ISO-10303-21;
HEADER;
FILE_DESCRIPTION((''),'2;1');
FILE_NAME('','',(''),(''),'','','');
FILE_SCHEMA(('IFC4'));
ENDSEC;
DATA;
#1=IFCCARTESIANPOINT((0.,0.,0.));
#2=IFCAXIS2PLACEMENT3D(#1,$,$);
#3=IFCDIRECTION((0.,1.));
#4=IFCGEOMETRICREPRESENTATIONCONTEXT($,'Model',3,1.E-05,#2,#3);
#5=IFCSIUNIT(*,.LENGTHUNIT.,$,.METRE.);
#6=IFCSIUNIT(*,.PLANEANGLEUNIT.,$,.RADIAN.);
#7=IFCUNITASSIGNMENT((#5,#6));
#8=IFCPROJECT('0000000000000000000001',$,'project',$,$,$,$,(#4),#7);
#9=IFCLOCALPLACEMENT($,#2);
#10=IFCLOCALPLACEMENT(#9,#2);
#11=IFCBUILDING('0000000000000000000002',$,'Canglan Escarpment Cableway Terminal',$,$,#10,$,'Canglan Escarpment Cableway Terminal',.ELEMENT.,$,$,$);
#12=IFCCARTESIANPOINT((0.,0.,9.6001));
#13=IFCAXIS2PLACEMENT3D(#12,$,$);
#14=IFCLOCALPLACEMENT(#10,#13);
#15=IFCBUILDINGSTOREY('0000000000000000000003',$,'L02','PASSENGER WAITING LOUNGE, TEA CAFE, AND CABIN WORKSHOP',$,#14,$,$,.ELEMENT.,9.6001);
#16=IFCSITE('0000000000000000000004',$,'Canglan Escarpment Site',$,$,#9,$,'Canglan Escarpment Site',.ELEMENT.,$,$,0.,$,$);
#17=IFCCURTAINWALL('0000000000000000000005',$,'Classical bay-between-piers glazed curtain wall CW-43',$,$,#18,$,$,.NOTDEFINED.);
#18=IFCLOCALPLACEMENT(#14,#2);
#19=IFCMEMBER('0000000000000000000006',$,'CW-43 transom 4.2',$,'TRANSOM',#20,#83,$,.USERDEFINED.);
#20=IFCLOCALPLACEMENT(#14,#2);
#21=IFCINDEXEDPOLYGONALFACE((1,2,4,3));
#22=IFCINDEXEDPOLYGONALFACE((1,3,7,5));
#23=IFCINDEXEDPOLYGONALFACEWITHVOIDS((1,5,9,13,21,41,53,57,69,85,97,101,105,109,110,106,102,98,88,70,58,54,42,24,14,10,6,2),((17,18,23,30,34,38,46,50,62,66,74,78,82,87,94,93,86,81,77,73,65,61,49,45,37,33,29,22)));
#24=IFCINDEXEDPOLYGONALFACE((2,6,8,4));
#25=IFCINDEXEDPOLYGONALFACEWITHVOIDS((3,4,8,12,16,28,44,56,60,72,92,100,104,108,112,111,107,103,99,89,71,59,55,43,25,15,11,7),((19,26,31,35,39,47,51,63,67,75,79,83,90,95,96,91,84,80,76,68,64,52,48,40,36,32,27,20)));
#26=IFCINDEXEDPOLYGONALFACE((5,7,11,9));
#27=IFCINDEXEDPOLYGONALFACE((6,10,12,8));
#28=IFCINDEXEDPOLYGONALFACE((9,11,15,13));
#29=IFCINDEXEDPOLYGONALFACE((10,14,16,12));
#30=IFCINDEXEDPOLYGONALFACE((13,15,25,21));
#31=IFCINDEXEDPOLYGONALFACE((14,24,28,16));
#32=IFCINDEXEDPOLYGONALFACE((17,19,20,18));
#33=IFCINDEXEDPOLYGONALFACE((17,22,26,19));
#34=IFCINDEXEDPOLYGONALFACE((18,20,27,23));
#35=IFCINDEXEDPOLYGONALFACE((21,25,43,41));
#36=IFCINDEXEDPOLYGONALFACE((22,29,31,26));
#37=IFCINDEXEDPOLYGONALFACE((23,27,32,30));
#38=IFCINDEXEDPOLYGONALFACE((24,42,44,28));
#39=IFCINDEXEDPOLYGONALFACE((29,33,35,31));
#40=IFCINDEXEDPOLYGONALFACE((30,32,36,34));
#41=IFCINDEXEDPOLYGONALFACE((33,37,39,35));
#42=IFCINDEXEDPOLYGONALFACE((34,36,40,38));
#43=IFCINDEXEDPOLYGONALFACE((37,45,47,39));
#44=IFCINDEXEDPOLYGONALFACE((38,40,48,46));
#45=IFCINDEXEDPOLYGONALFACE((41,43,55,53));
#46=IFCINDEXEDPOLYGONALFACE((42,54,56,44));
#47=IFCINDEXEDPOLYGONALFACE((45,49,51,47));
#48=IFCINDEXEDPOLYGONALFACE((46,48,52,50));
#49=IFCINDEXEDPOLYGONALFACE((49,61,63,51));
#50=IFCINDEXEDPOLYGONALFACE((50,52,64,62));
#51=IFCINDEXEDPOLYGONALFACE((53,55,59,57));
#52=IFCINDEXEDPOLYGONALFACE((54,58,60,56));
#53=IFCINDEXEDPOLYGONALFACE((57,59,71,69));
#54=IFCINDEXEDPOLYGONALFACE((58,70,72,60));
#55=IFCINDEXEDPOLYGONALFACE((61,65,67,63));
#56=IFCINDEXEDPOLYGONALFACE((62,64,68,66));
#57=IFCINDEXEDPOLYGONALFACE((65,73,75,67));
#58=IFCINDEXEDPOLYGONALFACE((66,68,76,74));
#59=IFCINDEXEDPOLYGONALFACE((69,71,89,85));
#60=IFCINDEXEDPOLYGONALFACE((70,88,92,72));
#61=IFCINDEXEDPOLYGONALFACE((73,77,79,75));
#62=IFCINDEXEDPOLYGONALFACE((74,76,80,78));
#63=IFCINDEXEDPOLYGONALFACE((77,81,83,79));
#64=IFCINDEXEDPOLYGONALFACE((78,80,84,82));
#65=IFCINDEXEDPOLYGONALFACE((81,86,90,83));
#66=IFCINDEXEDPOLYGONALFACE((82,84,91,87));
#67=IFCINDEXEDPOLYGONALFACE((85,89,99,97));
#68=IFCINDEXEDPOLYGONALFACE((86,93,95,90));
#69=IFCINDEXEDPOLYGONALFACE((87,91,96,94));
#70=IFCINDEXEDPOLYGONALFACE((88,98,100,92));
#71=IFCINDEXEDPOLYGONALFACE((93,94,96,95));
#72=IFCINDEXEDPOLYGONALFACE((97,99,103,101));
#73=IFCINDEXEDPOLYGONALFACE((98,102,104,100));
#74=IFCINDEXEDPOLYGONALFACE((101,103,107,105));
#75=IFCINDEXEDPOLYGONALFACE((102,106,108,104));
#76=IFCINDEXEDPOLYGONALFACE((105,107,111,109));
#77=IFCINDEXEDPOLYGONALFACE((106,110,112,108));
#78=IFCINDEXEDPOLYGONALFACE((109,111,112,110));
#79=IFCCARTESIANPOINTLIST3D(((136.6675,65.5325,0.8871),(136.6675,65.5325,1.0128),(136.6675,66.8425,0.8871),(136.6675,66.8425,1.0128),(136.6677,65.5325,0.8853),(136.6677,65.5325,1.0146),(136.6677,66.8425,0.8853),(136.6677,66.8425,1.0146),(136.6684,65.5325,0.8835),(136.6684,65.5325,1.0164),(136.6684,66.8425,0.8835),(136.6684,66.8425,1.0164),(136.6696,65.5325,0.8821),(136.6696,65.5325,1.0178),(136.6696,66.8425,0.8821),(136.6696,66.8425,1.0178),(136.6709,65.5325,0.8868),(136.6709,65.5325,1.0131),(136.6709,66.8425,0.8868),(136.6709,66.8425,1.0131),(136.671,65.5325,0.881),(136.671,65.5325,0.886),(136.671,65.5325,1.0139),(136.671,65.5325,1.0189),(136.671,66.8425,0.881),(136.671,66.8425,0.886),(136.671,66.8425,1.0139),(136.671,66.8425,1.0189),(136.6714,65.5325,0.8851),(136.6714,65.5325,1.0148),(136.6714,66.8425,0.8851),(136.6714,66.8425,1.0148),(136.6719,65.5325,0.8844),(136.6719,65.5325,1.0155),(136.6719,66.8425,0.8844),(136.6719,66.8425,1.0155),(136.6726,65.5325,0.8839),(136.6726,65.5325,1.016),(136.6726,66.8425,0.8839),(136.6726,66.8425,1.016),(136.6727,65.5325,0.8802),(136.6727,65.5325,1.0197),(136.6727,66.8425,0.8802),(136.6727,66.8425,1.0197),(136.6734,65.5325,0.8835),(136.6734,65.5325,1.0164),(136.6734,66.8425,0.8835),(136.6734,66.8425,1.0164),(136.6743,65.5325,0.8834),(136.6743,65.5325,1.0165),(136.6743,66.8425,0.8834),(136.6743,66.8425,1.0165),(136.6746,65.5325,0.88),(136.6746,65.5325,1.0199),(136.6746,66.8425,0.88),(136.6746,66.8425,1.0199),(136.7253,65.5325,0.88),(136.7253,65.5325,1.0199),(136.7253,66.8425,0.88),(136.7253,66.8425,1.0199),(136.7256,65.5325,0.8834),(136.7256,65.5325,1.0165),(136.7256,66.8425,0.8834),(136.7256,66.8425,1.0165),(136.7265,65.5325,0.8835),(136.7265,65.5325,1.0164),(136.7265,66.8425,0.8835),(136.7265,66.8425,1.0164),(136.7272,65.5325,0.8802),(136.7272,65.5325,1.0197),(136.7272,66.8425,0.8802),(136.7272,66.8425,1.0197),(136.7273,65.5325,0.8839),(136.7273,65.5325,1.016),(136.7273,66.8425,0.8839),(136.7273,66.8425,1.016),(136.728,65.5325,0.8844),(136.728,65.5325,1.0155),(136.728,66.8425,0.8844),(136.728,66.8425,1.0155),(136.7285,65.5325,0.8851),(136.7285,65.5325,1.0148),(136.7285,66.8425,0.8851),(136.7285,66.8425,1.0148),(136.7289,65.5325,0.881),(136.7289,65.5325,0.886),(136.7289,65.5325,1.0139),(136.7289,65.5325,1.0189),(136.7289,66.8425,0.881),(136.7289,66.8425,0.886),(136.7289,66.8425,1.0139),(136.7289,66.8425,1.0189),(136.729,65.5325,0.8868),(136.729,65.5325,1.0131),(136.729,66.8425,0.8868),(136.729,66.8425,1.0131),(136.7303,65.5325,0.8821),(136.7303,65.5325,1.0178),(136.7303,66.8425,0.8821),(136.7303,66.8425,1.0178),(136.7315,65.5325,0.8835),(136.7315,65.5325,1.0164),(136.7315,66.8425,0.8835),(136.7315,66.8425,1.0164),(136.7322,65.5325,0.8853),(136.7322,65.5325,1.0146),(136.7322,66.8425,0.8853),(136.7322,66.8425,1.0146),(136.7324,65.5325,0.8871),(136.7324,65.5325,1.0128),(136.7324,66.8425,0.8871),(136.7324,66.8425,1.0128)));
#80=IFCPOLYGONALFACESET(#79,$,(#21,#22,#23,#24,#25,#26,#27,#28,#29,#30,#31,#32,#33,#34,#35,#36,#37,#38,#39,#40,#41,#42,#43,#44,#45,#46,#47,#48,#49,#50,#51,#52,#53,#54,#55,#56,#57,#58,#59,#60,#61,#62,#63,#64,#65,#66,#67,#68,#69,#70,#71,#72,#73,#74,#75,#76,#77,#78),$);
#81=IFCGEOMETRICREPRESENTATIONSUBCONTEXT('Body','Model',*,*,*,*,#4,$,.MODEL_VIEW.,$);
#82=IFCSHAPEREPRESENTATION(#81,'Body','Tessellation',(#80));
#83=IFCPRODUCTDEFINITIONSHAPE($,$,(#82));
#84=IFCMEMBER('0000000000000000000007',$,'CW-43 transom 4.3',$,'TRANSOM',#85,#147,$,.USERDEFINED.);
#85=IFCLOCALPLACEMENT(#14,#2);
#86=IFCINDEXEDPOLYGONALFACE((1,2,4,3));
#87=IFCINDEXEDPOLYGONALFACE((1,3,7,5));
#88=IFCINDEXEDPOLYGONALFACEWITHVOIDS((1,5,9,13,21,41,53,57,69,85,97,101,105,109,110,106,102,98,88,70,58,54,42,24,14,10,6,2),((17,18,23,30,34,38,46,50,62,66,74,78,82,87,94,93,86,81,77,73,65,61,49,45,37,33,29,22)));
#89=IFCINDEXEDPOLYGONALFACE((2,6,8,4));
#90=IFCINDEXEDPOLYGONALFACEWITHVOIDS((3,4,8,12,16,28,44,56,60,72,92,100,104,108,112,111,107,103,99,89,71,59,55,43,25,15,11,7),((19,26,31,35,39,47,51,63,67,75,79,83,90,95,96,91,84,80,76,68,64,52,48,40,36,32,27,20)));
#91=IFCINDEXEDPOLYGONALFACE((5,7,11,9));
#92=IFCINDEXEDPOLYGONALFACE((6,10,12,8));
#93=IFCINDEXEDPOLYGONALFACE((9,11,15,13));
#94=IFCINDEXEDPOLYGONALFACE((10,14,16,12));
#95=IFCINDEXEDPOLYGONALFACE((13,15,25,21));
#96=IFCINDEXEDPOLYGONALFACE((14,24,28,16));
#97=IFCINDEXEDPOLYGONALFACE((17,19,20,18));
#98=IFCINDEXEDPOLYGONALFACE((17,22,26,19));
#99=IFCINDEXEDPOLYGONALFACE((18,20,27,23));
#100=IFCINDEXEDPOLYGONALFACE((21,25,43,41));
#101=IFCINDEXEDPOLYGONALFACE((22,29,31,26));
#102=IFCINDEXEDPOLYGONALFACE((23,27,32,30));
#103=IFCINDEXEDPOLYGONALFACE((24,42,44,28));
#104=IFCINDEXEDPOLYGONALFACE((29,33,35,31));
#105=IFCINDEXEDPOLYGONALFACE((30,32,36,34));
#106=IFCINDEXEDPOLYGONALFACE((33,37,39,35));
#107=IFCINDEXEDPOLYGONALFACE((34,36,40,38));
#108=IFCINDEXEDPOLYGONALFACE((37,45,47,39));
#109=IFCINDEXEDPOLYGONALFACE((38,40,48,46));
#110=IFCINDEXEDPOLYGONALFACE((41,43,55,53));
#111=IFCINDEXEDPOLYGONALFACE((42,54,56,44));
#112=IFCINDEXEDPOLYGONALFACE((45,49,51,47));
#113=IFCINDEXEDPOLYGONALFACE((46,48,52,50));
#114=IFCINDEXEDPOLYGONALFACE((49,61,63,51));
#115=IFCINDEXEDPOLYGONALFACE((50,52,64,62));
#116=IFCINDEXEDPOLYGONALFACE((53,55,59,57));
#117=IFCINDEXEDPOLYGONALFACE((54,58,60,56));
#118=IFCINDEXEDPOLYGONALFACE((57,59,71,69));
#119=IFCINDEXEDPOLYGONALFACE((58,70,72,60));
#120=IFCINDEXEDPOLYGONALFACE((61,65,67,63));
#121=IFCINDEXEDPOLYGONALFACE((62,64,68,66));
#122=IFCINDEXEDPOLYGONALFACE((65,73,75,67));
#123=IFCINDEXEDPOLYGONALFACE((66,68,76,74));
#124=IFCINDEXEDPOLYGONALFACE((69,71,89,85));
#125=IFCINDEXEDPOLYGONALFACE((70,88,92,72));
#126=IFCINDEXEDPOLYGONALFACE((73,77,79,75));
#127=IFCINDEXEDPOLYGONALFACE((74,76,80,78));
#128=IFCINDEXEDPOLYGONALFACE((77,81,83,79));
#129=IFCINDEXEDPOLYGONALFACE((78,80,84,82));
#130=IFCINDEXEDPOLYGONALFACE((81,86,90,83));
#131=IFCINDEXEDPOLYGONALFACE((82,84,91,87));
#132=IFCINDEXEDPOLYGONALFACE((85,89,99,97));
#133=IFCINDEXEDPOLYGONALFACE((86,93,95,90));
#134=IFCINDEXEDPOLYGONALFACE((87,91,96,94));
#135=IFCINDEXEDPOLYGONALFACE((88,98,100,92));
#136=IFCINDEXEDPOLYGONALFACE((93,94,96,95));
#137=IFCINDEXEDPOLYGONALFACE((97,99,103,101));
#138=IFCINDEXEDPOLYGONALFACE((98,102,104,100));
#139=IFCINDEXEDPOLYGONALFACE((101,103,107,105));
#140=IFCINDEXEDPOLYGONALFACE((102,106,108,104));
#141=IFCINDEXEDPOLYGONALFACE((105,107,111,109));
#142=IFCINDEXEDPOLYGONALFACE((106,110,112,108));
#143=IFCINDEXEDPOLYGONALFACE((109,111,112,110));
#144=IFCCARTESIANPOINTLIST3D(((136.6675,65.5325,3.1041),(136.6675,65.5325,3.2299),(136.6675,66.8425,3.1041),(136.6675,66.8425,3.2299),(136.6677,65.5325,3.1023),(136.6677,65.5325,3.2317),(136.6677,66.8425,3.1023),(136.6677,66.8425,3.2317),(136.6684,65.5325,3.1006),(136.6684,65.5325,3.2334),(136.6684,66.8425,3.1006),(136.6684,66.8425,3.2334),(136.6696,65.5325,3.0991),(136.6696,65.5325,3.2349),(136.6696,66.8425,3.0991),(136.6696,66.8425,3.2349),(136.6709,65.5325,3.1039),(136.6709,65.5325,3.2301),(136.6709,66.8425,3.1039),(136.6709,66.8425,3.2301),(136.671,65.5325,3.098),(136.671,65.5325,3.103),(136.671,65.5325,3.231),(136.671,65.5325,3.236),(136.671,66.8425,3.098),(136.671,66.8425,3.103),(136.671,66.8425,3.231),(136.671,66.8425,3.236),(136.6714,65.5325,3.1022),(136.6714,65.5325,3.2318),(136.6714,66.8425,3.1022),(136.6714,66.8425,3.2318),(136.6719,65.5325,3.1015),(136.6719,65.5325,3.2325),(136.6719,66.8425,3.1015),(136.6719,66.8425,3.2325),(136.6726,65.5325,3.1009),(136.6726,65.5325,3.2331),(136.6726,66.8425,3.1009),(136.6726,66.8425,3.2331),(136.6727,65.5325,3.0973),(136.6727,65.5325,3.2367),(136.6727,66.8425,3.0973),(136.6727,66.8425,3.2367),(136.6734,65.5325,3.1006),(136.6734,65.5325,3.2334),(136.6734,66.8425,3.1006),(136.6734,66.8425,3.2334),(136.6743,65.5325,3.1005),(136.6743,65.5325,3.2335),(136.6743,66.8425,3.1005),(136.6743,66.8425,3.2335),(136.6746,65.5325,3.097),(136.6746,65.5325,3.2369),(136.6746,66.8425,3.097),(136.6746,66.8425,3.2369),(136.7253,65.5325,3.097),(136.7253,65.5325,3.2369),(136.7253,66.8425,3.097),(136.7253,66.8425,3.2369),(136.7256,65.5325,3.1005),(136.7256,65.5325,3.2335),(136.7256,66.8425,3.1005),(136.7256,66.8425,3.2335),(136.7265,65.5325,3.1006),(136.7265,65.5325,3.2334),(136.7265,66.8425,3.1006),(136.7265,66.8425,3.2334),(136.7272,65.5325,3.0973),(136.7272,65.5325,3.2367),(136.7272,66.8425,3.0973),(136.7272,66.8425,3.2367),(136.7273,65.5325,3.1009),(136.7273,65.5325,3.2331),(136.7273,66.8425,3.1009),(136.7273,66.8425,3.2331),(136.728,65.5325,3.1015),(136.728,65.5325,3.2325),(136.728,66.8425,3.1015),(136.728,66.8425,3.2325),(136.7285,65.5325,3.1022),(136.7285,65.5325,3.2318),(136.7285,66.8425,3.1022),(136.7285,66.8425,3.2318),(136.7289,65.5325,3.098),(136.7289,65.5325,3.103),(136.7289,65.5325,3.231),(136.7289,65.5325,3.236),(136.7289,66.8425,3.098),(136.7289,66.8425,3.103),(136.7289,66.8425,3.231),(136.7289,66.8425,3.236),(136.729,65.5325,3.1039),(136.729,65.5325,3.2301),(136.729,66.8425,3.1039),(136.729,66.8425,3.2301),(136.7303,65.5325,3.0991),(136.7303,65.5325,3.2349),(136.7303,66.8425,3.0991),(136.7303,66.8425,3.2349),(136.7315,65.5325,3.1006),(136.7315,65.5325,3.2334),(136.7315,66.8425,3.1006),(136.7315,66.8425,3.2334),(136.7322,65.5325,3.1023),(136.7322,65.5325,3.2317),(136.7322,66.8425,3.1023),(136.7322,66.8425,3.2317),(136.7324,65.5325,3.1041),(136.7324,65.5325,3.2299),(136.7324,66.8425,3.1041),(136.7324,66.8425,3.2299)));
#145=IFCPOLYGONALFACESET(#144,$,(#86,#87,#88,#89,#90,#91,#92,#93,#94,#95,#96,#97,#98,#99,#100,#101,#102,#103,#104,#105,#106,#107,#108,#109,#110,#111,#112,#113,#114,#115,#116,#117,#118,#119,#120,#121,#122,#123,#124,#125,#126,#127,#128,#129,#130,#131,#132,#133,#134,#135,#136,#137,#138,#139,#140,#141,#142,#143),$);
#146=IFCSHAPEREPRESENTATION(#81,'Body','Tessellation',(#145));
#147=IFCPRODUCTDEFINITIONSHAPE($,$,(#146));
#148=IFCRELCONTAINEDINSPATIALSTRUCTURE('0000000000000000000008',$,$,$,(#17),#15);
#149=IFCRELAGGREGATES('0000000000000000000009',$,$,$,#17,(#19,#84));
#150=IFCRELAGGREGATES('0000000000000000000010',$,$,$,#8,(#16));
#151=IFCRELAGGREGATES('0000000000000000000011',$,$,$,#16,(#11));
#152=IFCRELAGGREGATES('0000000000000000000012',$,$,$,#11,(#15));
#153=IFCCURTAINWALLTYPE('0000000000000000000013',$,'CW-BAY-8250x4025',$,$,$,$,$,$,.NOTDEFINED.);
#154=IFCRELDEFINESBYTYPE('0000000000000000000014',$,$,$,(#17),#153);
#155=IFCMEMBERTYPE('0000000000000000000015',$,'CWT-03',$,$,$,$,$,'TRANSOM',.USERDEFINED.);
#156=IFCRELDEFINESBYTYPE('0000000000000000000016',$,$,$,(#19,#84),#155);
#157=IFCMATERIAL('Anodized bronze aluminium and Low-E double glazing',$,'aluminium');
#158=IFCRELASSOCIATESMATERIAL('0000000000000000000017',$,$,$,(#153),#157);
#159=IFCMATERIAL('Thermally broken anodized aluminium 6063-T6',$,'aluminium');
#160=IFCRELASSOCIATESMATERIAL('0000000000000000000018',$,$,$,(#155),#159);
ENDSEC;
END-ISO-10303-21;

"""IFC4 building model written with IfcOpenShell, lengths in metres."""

from ifc_helpers import new_model, si_unit, direction, frame, origin, origin_2d, place, context, subcontext, project, spatial, hollow_rectangle, extrude, material, material_profile, profile_set, type_object, element, aggregate, save


model = new_model("IFC4")

# Units and contexts
model_context = context("Model", 3, precision=1e-05, world=origin(), true_north=direction((0.0, 1.0)))
body_context = subcontext(model_context, "Body", "Model", "MODEL_VIEW")
ifc_project = project(units=[si_unit("LENGTHUNIT", "METRE"), si_unit("PLANEANGLEUNIT", "RADIAN")], contexts=[model_context])

# Site, building, storey
site_placement = place(None, origin())
site = spatial("IfcSite", under=ifc_project, at=site_placement, Name="Canglan Escarpment Site", LongName="Canglan Escarpment Site", CompositionType="ELEMENT", RefElevation=0.0)
building_placement = place(site_placement, origin())
building = spatial("IfcBuilding", under=site, at=building_placement, Name="Canglan Escarpment Cableway Terminal", LongName="Canglan Escarpment Cableway Terminal", CompositionType="ELEMENT")
storey_placement = place(building_placement, frame((0.0, 0.0, 9.6001)))
storey = spatial("IfcBuildingStorey", under=building, at=storey_placement, Name="L02", Description="PASSENGER WAITING LOUNGE, TEA CAFE, AND CABIN WORKSHOP", CompositionType="ELEMENT", Elevation=9.6001)

# Curtain wall, members
ifc_material_1 = material(Name="Anodized bronze aluminium and Low-E double glazing", Category="aluminium")
curtain_wall_type = type_object("IfcCurtainWallType", Name="CW-BAY-8250x4025", PredefinedType="NOTDEFINED", material=ifc_material_1)
curtain_wall_placement = place(storey_placement, origin())
curtain_wall = element("IfcCurtainWall", 1, at=curtain_wall_placement, inside=storey, type_object=curtain_wall_type, Name="Classical bay-between-piers glazed curtain wall CW-43", PredefinedType="NOTDEFINED")
ifc_material_2 = material(Name="Thermally broken anodized aluminium 6063-T6", Category="aluminium")
ifc_material_profile_1 = material_profile(ifc_material_2, hollow_rectangle(XDim=0.0649, YDim=0.1399, WallThickness=0.0034, InnerFilletRadius=0.0034, OuterFilletRadius=0.0071, at=origin_2d()), Name="ALU-TRAN 65x140x3.5")
ifc_profile_set_1 = profile_set([ifc_material_profile_1], Name="Thermally broken anodized aluminium 6063-T6")
member_type_1 = type_object("IfcMemberType", Name="CWT-03", ElementType="TRANSOM", PredefinedType="USERDEFINED", material=ifc_profile_set_1)
member_1_placement = place(storey_placement, frame((136.7, 65.5325, 0.95), z_axis=(0.0, 1.0, 0.0), x_axis=(-1.0, 0.0, 0.0)))
member_1 = element("IfcMember", 2, at=member_1_placement, type_object=member_type_1, Name="CW-43 transom 4.2", ObjectType="TRANSOM", PredefinedType="USERDEFINED", context=body_context, shape_type="SweptSolid", body=[
    extrude(hollow_rectangle(XDim=0.0649, YDim=0.1399, WallThickness=0.0034, InnerFilletRadius=0.0034, OuterFilletRadius=0.0071, at=origin_2d()), origin(), (0.0, 0.0, 1.0), 1.3101),
])
member_2_placement = place(storey_placement, frame((136.7, 65.5325, 3.167), z_axis=(0.0, 1.0, 0.0), x_axis=(-1.0, 0.0, 0.0)))
member_2 = element("IfcMember", 3, at=member_2_placement, type_object=member_type_1, Name="CW-43 transom 4.3", ObjectType="TRANSOM", PredefinedType="USERDEFINED", context=body_context, shape_type="SweptSolid", body=[
    extrude(hollow_rectangle(XDim=0.0649, YDim=0.1399, WallThickness=0.0034, InnerFilletRadius=0.0034, OuterFilletRadius=0.0071, at=origin_2d()), origin(), (0.0, 0.0, 1.0), 1.3101),
])
aggregate(curtain_wall, [member_1, member_2])

save(model, "model.ifc")
